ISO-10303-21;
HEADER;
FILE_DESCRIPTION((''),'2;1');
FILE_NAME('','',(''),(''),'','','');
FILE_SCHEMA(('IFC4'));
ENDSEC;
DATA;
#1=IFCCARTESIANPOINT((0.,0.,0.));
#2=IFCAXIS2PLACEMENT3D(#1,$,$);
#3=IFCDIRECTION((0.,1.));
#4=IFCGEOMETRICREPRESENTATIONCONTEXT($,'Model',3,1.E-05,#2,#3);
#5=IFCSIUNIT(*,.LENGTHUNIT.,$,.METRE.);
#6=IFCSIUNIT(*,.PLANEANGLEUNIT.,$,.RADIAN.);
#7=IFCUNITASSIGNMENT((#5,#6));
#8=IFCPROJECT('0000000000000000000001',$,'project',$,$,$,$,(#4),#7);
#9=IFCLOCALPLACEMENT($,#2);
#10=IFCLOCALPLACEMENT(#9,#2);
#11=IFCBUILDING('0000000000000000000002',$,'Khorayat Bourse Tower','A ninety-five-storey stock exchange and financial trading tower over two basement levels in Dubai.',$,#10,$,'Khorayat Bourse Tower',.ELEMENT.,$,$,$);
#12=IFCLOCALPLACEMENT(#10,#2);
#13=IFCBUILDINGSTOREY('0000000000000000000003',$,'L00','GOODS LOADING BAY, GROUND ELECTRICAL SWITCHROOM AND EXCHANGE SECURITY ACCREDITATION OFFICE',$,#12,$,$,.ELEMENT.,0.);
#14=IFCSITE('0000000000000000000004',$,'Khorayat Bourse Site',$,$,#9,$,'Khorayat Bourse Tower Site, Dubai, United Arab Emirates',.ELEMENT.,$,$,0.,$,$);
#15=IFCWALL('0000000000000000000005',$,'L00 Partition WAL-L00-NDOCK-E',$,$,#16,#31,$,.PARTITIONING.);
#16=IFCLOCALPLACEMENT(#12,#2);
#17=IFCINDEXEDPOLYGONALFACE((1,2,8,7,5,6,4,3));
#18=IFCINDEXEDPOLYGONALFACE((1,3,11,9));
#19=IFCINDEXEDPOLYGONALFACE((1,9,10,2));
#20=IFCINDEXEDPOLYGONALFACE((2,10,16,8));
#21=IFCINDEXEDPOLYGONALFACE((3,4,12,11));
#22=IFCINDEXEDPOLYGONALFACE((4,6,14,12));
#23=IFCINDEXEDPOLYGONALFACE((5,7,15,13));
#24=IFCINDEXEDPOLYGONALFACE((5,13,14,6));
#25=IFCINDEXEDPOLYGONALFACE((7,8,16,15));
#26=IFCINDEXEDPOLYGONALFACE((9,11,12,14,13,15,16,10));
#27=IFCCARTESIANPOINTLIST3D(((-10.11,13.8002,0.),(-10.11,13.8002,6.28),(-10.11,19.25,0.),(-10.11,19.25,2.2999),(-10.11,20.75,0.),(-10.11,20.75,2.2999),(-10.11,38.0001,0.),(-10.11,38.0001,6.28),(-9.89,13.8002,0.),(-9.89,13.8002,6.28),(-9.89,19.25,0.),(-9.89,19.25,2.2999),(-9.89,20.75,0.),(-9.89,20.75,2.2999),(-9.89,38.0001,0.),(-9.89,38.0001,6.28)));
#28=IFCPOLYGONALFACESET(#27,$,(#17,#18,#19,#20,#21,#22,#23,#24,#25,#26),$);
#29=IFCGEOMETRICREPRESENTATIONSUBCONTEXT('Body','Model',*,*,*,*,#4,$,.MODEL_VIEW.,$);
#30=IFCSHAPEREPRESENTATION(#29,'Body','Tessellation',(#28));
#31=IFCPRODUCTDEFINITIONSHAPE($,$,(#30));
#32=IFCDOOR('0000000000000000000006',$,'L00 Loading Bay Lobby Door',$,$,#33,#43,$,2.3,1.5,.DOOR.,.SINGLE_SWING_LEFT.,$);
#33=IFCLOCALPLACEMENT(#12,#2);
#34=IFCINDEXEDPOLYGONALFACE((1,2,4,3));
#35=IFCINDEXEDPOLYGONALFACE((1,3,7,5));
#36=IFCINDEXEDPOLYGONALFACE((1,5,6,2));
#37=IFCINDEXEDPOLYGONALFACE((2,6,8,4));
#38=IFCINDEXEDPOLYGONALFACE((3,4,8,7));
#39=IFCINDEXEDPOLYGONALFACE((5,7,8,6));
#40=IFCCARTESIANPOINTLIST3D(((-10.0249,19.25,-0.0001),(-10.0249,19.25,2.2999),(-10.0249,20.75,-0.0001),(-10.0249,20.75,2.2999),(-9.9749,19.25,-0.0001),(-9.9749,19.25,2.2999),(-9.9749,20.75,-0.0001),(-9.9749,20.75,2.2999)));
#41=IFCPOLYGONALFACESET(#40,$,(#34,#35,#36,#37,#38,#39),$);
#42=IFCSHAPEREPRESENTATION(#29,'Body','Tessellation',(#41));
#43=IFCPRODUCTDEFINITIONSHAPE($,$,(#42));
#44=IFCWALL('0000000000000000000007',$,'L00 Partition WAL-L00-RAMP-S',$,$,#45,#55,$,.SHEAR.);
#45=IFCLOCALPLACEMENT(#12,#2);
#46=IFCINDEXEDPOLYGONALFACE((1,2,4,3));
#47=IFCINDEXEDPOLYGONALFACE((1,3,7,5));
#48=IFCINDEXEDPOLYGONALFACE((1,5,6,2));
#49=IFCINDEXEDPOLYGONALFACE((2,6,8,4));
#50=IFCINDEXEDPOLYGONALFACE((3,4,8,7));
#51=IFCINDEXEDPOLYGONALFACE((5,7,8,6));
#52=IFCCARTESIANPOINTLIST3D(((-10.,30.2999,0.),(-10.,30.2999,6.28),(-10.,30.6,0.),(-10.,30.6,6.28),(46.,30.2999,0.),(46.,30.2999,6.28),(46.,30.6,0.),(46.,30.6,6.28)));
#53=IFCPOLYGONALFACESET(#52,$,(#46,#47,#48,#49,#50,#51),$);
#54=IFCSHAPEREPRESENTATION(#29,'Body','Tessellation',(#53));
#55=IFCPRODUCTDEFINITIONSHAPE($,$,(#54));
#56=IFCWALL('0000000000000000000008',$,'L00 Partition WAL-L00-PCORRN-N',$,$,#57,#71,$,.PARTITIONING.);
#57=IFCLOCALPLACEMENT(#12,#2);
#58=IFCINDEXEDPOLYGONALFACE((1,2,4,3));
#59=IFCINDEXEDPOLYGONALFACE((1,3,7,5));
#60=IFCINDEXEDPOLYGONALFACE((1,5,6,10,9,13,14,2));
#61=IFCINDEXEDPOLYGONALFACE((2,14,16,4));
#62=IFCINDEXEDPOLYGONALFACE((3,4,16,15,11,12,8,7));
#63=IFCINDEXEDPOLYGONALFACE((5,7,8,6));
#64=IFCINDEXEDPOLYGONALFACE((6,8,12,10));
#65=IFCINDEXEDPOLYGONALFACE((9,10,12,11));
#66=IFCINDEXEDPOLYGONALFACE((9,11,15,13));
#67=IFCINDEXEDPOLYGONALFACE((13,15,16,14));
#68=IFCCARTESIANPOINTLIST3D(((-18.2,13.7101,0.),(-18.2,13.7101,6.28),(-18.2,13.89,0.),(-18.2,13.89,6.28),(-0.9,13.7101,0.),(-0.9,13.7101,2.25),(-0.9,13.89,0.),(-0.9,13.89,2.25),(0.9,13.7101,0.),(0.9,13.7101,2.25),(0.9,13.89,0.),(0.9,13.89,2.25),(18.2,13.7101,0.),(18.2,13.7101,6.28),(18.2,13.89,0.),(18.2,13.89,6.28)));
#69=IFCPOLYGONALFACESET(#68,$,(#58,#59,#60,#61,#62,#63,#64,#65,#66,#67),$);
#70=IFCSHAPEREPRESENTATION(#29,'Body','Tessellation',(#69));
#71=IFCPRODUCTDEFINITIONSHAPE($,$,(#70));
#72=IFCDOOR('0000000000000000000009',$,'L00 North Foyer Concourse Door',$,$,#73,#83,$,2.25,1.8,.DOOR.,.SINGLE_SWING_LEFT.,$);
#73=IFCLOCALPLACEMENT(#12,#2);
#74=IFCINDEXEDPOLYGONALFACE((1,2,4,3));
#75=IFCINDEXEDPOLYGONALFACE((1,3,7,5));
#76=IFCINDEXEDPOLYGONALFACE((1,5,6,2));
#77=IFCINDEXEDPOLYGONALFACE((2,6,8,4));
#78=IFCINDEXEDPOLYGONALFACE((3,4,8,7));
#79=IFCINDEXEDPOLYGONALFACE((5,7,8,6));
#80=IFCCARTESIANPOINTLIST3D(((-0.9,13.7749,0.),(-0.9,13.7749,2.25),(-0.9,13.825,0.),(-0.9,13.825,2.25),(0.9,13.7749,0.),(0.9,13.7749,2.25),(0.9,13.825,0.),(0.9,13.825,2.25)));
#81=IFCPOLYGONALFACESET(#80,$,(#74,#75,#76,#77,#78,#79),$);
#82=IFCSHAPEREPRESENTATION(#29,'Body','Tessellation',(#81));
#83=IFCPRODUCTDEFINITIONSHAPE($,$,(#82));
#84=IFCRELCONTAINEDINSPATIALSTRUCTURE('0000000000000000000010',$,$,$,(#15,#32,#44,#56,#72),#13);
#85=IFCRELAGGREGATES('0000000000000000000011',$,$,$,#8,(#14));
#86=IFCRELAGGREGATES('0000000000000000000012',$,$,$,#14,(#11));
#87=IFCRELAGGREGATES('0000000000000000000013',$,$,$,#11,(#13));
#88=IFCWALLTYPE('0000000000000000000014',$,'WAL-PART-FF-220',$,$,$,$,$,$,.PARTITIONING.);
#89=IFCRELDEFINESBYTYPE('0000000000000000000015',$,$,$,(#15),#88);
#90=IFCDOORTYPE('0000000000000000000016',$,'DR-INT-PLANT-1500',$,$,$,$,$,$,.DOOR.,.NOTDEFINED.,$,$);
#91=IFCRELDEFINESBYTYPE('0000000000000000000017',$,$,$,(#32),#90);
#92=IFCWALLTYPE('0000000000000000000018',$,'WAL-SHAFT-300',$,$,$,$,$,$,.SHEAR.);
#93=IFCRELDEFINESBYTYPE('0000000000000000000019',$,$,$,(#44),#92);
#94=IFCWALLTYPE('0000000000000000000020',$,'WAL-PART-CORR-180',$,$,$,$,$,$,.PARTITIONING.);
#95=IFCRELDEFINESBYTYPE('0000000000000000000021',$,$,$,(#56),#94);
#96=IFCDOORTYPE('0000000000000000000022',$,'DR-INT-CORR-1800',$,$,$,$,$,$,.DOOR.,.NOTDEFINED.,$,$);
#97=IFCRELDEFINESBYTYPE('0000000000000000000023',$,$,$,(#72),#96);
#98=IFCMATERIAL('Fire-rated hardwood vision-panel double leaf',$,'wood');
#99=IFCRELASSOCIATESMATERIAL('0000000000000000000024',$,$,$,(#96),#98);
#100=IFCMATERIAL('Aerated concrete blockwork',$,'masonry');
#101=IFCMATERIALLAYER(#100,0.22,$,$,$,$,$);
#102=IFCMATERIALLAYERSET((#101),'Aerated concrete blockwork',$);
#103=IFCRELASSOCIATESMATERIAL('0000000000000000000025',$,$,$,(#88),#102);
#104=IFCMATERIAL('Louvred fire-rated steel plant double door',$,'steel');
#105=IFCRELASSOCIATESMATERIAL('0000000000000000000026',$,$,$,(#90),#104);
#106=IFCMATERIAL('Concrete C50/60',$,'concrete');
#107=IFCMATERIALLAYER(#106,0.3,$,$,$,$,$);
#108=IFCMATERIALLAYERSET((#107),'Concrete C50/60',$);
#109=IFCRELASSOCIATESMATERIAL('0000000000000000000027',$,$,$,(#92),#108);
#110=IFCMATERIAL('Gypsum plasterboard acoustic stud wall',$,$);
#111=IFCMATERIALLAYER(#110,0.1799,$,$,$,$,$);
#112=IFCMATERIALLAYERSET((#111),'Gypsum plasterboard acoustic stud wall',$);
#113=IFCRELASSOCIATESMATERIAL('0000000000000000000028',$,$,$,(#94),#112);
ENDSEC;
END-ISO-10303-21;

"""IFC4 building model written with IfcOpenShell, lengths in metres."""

from ifc_helpers import new_model, si_unit, direction, frame, frame_2d, origin, place, context, subcontext, project, spatial, rectangle, extrude, source, transform, mapped, material, layer, layer_set, type_object, element, fill, save


model = new_model("IFC4")

# Units and contexts
model_context = context("Model", 3, precision=1e-05, world=origin(), true_north=direction((0.0, 1.0)))
body_context = subcontext(model_context, "Body", "Model", "MODEL_VIEW")
ifc_project = project(units=[si_unit("LENGTHUNIT", "METRE"), si_unit("PLANEANGLEUNIT", "RADIAN")], contexts=[model_context])

# Site, building, storey
site_placement = place(None, origin())
site = spatial("IfcSite", under=ifc_project, at=site_placement, Name="Khorayat Bourse Site", LongName="Khorayat Bourse Tower Site, Dubai, United Arab Emirates", CompositionType="ELEMENT", RefElevation=0.0)
building_placement = place(site_placement, origin())
building = spatial("IfcBuilding", under=site, at=building_placement, Name="Khorayat Bourse Tower", Description="A ninety-five-storey stock exchange and financial trading tower over two basement levels in Dubai.", LongName="Khorayat Bourse Tower", CompositionType="ELEMENT")
storey_placement = place(building_placement, origin())
storey = spatial("IfcBuildingStorey", under=building, at=storey_placement, Name="L00", Description="GOODS LOADING BAY, GROUND ELECTRICAL SWITCHROOM AND EXCHANGE SECURITY ACCREDITATION OFFICE", CompositionType="ELEMENT", Elevation=0.0)

# Wall, opening, door
ifc_material_1 = material(Name="Fire-rated hardwood vision-panel double leaf", Category="wood")
door_type_1 = type_object("IfcDoorType", Name="DR-INT-CORR-1800", OperationType="NOTDEFINED", PredefinedType="DOOR", material=ifc_material_1)
shared_shape_1 = source(origin(), body_context, "Body", "SweptSolid", [
    extrude(rectangle(XDim=1.8, YDim=2.25, at=frame_2d((0.8999, 1.125))), frame((0.0, 0.0249, 0.0), z_axis=(0.0, -1.0, 0.0), x_axis=(1.0, 0.0, 0.0)), (0.0, 0.0, 1.0), 0.05),
])
ifc_material_2 = material(Name="Aerated concrete blockwork", Category="masonry")
ifc_layer_1 = layer(ifc_material_2, 0.22)
ifc_layer_set_1 = layer_set([ifc_layer_1], Name="Aerated concrete blockwork")
wall_type_1 = type_object("IfcWallType", Name="WAL-PART-FF-220", PredefinedType="PARTITIONING", material=ifc_layer_set_1)
shared_shape_2 = source(origin(), body_context, "Body", "SweptSolid", [
    extrude(rectangle(XDim=24.2, YDim=0.22, at=frame_2d((12.1001, 0.0))), origin(), (0.0, 0.0, 1.0), 6.28),
])
wall_1_placement = place(storey_placement, frame((-10.0, 13.8, 0.0), z_axis=(0.0, 0.0, 1.0), x_axis=(0.0, 1.0, 0.0)))
wall_1 = element("IfcWall", 1, at=wall_1_placement, inside=storey, type_object=wall_type_1, Name="L00 Partition WAL-L00-NDOCK-E", PredefinedType="PARTITIONING", context=body_context, shape_type="MappedRepresentation", body=[
    mapped(shared_shape_2, transform((0.0, 0.0, 0.0), scale=1.0)),
])
shared_shape_3 = source(origin(), body_context, "Body", "SweptSolid", [
    extrude(rectangle(XDim=1.5, YDim=2.3, at=frame_2d((0.75, 1.1499))), frame((0.0, 0.1199, 0.0), z_axis=(0.0, -1.0, 0.0), x_axis=(1.0, 0.0, 0.0)), (0.0, 0.0, 1.0), 0.24),
])
opening_1_placement = place(wall_1_placement, frame((5.45, 0.0, 0.0)))
opening_1 = element("IfcOpeningElement", 2, at=opening_1_placement, cuts=wall_1, PredefinedType="OPENING", context=body_context, shape_type="MappedRepresentation", body=[
    mapped(shared_shape_3, transform((0.0, 0.0, 0.0), scale=1.0)),
])
ifc_material_3 = material(Name="Louvred fire-rated steel plant double door", Category="steel")
door_type_2 = type_object("IfcDoorType", Name="DR-INT-PLANT-1500", OperationType="NOTDEFINED", PredefinedType="DOOR", material=ifc_material_3)
shared_shape_4 = source(origin(), body_context, "Body", "SweptSolid", [
    extrude(rectangle(XDim=1.5, YDim=2.3, at=frame_2d((0.75, 1.1499))), frame((0.0, 0.0249, 0.0), z_axis=(0.0, -1.0, 0.0), x_axis=(1.0, 0.0, 0.0)), (0.0, 0.0, 1.0), 0.05),
])
door_1_placement = place(opening_1_placement, origin())
door_1 = element("IfcDoor", 3, at=door_1_placement, inside=storey, type_object=door_type_2, Name="L00 Loading Bay Lobby Door", OperationType="SINGLE_SWING_LEFT", OverallHeight=2.3, OverallWidth=1.5, PredefinedType="DOOR", context=body_context, shape_type="MappedRepresentation", body=[
    mapped(shared_shape_4, transform((0.0, 0.0, 0.0), scale=1.0)),
])
fill(opening_1, door_1)

# Wall
ifc_material_4 = material(Name="Concrete C50/60", Category="concrete")
ifc_layer_2 = layer(ifc_material_4, 0.3)
ifc_layer_set_2 = layer_set([ifc_layer_2], Name="Concrete C50/60")
wall_type_2 = type_object("IfcWallType", Name="WAL-SHAFT-300", PredefinedType="SHEAR", material=ifc_layer_set_2)
shared_shape_5 = source(origin(), body_context, "Body", "SweptSolid", [
    extrude(rectangle(XDim=56.0, YDim=0.3, at=frame_2d((28.0, 0.0))), origin(), (0.0, 0.0, 1.0), 6.28),
])
wall_2_placement = place(storey_placement, frame((-10.0, 30.45, 0.0), z_axis=(0.0, 0.0, 1.0), x_axis=(1.0, 0.0, 0.0)))
element("IfcWall", 4, at=wall_2_placement, inside=storey, type_object=wall_type_2, Name="L00 Partition WAL-L00-RAMP-S", PredefinedType="SHEAR", context=body_context, shape_type="MappedRepresentation", body=[
    mapped(shared_shape_5, transform((0.0, 0.0, 0.0), scale=1.0)),
])

# Wall, opening, door
ifc_material_5 = material(Name="Gypsum plasterboard acoustic stud wall")
ifc_layer_3 = layer(ifc_material_5, 0.1799)
ifc_layer_set_3 = layer_set([ifc_layer_3], Name="Gypsum plasterboard acoustic stud wall")
wall_type_3 = type_object("IfcWallType", Name="WAL-PART-CORR-180", PredefinedType="PARTITIONING", material=ifc_layer_set_3)
shared_shape_6 = source(origin(), body_context, "Body", "SweptSolid", [
    extrude(rectangle(XDim=36.3999, YDim=0.1799, at=frame_2d((18.2, 0.0))), origin(), (0.0, 0.0, 1.0), 6.28),
])
wall_3_placement = place(storey_placement, frame((-18.2, 13.8, 0.0), z_axis=(0.0, 0.0, 1.0), x_axis=(1.0, 0.0, 0.0)))
wall_3 = element("IfcWall", 5, at=wall_3_placement, inside=storey, type_object=wall_type_3, Name="L00 Partition WAL-L00-PCORRN-N", PredefinedType="PARTITIONING", context=body_context, shape_type="MappedRepresentation", body=[
    mapped(shared_shape_6, transform((0.0, 0.0, 0.0), scale=1.0)),
])
shared_shape_7 = source(origin(), body_context, "Body", "SweptSolid", [
    extrude(rectangle(XDim=1.8, YDim=2.25, at=frame_2d((0.8999, 1.125))), frame((0.0, 0.0999, 0.0), z_axis=(0.0, -1.0, 0.0), x_axis=(1.0, 0.0, 0.0)), (0.0, 0.0, 1.0), 0.2),
])
opening_2_placement = place(wall_3_placement, frame((17.3, 0.0, 0.0)))
opening_2 = element("IfcOpeningElement", 6, at=opening_2_placement, cuts=wall_3, PredefinedType="OPENING", context=body_context, shape_type="MappedRepresentation", body=[
    mapped(shared_shape_7, transform((0.0, 0.0, 0.0), scale=1.0)),
])
door_2_placement = place(opening_2_placement, origin())
door_2 = element("IfcDoor", 7, at=door_2_placement, inside=storey, type_object=door_type_1, Name="L00 North Foyer Concourse Door", OperationType="SINGLE_SWING_LEFT", OverallHeight=2.25, OverallWidth=1.8, PredefinedType="DOOR", context=body_context, shape_type="MappedRepresentation", body=[
    mapped(shared_shape_1, transform((0.0, 0.0, 0.0), scale=1.0)),
])
fill(opening_2, door_2)

save(model, "model.ifc")
